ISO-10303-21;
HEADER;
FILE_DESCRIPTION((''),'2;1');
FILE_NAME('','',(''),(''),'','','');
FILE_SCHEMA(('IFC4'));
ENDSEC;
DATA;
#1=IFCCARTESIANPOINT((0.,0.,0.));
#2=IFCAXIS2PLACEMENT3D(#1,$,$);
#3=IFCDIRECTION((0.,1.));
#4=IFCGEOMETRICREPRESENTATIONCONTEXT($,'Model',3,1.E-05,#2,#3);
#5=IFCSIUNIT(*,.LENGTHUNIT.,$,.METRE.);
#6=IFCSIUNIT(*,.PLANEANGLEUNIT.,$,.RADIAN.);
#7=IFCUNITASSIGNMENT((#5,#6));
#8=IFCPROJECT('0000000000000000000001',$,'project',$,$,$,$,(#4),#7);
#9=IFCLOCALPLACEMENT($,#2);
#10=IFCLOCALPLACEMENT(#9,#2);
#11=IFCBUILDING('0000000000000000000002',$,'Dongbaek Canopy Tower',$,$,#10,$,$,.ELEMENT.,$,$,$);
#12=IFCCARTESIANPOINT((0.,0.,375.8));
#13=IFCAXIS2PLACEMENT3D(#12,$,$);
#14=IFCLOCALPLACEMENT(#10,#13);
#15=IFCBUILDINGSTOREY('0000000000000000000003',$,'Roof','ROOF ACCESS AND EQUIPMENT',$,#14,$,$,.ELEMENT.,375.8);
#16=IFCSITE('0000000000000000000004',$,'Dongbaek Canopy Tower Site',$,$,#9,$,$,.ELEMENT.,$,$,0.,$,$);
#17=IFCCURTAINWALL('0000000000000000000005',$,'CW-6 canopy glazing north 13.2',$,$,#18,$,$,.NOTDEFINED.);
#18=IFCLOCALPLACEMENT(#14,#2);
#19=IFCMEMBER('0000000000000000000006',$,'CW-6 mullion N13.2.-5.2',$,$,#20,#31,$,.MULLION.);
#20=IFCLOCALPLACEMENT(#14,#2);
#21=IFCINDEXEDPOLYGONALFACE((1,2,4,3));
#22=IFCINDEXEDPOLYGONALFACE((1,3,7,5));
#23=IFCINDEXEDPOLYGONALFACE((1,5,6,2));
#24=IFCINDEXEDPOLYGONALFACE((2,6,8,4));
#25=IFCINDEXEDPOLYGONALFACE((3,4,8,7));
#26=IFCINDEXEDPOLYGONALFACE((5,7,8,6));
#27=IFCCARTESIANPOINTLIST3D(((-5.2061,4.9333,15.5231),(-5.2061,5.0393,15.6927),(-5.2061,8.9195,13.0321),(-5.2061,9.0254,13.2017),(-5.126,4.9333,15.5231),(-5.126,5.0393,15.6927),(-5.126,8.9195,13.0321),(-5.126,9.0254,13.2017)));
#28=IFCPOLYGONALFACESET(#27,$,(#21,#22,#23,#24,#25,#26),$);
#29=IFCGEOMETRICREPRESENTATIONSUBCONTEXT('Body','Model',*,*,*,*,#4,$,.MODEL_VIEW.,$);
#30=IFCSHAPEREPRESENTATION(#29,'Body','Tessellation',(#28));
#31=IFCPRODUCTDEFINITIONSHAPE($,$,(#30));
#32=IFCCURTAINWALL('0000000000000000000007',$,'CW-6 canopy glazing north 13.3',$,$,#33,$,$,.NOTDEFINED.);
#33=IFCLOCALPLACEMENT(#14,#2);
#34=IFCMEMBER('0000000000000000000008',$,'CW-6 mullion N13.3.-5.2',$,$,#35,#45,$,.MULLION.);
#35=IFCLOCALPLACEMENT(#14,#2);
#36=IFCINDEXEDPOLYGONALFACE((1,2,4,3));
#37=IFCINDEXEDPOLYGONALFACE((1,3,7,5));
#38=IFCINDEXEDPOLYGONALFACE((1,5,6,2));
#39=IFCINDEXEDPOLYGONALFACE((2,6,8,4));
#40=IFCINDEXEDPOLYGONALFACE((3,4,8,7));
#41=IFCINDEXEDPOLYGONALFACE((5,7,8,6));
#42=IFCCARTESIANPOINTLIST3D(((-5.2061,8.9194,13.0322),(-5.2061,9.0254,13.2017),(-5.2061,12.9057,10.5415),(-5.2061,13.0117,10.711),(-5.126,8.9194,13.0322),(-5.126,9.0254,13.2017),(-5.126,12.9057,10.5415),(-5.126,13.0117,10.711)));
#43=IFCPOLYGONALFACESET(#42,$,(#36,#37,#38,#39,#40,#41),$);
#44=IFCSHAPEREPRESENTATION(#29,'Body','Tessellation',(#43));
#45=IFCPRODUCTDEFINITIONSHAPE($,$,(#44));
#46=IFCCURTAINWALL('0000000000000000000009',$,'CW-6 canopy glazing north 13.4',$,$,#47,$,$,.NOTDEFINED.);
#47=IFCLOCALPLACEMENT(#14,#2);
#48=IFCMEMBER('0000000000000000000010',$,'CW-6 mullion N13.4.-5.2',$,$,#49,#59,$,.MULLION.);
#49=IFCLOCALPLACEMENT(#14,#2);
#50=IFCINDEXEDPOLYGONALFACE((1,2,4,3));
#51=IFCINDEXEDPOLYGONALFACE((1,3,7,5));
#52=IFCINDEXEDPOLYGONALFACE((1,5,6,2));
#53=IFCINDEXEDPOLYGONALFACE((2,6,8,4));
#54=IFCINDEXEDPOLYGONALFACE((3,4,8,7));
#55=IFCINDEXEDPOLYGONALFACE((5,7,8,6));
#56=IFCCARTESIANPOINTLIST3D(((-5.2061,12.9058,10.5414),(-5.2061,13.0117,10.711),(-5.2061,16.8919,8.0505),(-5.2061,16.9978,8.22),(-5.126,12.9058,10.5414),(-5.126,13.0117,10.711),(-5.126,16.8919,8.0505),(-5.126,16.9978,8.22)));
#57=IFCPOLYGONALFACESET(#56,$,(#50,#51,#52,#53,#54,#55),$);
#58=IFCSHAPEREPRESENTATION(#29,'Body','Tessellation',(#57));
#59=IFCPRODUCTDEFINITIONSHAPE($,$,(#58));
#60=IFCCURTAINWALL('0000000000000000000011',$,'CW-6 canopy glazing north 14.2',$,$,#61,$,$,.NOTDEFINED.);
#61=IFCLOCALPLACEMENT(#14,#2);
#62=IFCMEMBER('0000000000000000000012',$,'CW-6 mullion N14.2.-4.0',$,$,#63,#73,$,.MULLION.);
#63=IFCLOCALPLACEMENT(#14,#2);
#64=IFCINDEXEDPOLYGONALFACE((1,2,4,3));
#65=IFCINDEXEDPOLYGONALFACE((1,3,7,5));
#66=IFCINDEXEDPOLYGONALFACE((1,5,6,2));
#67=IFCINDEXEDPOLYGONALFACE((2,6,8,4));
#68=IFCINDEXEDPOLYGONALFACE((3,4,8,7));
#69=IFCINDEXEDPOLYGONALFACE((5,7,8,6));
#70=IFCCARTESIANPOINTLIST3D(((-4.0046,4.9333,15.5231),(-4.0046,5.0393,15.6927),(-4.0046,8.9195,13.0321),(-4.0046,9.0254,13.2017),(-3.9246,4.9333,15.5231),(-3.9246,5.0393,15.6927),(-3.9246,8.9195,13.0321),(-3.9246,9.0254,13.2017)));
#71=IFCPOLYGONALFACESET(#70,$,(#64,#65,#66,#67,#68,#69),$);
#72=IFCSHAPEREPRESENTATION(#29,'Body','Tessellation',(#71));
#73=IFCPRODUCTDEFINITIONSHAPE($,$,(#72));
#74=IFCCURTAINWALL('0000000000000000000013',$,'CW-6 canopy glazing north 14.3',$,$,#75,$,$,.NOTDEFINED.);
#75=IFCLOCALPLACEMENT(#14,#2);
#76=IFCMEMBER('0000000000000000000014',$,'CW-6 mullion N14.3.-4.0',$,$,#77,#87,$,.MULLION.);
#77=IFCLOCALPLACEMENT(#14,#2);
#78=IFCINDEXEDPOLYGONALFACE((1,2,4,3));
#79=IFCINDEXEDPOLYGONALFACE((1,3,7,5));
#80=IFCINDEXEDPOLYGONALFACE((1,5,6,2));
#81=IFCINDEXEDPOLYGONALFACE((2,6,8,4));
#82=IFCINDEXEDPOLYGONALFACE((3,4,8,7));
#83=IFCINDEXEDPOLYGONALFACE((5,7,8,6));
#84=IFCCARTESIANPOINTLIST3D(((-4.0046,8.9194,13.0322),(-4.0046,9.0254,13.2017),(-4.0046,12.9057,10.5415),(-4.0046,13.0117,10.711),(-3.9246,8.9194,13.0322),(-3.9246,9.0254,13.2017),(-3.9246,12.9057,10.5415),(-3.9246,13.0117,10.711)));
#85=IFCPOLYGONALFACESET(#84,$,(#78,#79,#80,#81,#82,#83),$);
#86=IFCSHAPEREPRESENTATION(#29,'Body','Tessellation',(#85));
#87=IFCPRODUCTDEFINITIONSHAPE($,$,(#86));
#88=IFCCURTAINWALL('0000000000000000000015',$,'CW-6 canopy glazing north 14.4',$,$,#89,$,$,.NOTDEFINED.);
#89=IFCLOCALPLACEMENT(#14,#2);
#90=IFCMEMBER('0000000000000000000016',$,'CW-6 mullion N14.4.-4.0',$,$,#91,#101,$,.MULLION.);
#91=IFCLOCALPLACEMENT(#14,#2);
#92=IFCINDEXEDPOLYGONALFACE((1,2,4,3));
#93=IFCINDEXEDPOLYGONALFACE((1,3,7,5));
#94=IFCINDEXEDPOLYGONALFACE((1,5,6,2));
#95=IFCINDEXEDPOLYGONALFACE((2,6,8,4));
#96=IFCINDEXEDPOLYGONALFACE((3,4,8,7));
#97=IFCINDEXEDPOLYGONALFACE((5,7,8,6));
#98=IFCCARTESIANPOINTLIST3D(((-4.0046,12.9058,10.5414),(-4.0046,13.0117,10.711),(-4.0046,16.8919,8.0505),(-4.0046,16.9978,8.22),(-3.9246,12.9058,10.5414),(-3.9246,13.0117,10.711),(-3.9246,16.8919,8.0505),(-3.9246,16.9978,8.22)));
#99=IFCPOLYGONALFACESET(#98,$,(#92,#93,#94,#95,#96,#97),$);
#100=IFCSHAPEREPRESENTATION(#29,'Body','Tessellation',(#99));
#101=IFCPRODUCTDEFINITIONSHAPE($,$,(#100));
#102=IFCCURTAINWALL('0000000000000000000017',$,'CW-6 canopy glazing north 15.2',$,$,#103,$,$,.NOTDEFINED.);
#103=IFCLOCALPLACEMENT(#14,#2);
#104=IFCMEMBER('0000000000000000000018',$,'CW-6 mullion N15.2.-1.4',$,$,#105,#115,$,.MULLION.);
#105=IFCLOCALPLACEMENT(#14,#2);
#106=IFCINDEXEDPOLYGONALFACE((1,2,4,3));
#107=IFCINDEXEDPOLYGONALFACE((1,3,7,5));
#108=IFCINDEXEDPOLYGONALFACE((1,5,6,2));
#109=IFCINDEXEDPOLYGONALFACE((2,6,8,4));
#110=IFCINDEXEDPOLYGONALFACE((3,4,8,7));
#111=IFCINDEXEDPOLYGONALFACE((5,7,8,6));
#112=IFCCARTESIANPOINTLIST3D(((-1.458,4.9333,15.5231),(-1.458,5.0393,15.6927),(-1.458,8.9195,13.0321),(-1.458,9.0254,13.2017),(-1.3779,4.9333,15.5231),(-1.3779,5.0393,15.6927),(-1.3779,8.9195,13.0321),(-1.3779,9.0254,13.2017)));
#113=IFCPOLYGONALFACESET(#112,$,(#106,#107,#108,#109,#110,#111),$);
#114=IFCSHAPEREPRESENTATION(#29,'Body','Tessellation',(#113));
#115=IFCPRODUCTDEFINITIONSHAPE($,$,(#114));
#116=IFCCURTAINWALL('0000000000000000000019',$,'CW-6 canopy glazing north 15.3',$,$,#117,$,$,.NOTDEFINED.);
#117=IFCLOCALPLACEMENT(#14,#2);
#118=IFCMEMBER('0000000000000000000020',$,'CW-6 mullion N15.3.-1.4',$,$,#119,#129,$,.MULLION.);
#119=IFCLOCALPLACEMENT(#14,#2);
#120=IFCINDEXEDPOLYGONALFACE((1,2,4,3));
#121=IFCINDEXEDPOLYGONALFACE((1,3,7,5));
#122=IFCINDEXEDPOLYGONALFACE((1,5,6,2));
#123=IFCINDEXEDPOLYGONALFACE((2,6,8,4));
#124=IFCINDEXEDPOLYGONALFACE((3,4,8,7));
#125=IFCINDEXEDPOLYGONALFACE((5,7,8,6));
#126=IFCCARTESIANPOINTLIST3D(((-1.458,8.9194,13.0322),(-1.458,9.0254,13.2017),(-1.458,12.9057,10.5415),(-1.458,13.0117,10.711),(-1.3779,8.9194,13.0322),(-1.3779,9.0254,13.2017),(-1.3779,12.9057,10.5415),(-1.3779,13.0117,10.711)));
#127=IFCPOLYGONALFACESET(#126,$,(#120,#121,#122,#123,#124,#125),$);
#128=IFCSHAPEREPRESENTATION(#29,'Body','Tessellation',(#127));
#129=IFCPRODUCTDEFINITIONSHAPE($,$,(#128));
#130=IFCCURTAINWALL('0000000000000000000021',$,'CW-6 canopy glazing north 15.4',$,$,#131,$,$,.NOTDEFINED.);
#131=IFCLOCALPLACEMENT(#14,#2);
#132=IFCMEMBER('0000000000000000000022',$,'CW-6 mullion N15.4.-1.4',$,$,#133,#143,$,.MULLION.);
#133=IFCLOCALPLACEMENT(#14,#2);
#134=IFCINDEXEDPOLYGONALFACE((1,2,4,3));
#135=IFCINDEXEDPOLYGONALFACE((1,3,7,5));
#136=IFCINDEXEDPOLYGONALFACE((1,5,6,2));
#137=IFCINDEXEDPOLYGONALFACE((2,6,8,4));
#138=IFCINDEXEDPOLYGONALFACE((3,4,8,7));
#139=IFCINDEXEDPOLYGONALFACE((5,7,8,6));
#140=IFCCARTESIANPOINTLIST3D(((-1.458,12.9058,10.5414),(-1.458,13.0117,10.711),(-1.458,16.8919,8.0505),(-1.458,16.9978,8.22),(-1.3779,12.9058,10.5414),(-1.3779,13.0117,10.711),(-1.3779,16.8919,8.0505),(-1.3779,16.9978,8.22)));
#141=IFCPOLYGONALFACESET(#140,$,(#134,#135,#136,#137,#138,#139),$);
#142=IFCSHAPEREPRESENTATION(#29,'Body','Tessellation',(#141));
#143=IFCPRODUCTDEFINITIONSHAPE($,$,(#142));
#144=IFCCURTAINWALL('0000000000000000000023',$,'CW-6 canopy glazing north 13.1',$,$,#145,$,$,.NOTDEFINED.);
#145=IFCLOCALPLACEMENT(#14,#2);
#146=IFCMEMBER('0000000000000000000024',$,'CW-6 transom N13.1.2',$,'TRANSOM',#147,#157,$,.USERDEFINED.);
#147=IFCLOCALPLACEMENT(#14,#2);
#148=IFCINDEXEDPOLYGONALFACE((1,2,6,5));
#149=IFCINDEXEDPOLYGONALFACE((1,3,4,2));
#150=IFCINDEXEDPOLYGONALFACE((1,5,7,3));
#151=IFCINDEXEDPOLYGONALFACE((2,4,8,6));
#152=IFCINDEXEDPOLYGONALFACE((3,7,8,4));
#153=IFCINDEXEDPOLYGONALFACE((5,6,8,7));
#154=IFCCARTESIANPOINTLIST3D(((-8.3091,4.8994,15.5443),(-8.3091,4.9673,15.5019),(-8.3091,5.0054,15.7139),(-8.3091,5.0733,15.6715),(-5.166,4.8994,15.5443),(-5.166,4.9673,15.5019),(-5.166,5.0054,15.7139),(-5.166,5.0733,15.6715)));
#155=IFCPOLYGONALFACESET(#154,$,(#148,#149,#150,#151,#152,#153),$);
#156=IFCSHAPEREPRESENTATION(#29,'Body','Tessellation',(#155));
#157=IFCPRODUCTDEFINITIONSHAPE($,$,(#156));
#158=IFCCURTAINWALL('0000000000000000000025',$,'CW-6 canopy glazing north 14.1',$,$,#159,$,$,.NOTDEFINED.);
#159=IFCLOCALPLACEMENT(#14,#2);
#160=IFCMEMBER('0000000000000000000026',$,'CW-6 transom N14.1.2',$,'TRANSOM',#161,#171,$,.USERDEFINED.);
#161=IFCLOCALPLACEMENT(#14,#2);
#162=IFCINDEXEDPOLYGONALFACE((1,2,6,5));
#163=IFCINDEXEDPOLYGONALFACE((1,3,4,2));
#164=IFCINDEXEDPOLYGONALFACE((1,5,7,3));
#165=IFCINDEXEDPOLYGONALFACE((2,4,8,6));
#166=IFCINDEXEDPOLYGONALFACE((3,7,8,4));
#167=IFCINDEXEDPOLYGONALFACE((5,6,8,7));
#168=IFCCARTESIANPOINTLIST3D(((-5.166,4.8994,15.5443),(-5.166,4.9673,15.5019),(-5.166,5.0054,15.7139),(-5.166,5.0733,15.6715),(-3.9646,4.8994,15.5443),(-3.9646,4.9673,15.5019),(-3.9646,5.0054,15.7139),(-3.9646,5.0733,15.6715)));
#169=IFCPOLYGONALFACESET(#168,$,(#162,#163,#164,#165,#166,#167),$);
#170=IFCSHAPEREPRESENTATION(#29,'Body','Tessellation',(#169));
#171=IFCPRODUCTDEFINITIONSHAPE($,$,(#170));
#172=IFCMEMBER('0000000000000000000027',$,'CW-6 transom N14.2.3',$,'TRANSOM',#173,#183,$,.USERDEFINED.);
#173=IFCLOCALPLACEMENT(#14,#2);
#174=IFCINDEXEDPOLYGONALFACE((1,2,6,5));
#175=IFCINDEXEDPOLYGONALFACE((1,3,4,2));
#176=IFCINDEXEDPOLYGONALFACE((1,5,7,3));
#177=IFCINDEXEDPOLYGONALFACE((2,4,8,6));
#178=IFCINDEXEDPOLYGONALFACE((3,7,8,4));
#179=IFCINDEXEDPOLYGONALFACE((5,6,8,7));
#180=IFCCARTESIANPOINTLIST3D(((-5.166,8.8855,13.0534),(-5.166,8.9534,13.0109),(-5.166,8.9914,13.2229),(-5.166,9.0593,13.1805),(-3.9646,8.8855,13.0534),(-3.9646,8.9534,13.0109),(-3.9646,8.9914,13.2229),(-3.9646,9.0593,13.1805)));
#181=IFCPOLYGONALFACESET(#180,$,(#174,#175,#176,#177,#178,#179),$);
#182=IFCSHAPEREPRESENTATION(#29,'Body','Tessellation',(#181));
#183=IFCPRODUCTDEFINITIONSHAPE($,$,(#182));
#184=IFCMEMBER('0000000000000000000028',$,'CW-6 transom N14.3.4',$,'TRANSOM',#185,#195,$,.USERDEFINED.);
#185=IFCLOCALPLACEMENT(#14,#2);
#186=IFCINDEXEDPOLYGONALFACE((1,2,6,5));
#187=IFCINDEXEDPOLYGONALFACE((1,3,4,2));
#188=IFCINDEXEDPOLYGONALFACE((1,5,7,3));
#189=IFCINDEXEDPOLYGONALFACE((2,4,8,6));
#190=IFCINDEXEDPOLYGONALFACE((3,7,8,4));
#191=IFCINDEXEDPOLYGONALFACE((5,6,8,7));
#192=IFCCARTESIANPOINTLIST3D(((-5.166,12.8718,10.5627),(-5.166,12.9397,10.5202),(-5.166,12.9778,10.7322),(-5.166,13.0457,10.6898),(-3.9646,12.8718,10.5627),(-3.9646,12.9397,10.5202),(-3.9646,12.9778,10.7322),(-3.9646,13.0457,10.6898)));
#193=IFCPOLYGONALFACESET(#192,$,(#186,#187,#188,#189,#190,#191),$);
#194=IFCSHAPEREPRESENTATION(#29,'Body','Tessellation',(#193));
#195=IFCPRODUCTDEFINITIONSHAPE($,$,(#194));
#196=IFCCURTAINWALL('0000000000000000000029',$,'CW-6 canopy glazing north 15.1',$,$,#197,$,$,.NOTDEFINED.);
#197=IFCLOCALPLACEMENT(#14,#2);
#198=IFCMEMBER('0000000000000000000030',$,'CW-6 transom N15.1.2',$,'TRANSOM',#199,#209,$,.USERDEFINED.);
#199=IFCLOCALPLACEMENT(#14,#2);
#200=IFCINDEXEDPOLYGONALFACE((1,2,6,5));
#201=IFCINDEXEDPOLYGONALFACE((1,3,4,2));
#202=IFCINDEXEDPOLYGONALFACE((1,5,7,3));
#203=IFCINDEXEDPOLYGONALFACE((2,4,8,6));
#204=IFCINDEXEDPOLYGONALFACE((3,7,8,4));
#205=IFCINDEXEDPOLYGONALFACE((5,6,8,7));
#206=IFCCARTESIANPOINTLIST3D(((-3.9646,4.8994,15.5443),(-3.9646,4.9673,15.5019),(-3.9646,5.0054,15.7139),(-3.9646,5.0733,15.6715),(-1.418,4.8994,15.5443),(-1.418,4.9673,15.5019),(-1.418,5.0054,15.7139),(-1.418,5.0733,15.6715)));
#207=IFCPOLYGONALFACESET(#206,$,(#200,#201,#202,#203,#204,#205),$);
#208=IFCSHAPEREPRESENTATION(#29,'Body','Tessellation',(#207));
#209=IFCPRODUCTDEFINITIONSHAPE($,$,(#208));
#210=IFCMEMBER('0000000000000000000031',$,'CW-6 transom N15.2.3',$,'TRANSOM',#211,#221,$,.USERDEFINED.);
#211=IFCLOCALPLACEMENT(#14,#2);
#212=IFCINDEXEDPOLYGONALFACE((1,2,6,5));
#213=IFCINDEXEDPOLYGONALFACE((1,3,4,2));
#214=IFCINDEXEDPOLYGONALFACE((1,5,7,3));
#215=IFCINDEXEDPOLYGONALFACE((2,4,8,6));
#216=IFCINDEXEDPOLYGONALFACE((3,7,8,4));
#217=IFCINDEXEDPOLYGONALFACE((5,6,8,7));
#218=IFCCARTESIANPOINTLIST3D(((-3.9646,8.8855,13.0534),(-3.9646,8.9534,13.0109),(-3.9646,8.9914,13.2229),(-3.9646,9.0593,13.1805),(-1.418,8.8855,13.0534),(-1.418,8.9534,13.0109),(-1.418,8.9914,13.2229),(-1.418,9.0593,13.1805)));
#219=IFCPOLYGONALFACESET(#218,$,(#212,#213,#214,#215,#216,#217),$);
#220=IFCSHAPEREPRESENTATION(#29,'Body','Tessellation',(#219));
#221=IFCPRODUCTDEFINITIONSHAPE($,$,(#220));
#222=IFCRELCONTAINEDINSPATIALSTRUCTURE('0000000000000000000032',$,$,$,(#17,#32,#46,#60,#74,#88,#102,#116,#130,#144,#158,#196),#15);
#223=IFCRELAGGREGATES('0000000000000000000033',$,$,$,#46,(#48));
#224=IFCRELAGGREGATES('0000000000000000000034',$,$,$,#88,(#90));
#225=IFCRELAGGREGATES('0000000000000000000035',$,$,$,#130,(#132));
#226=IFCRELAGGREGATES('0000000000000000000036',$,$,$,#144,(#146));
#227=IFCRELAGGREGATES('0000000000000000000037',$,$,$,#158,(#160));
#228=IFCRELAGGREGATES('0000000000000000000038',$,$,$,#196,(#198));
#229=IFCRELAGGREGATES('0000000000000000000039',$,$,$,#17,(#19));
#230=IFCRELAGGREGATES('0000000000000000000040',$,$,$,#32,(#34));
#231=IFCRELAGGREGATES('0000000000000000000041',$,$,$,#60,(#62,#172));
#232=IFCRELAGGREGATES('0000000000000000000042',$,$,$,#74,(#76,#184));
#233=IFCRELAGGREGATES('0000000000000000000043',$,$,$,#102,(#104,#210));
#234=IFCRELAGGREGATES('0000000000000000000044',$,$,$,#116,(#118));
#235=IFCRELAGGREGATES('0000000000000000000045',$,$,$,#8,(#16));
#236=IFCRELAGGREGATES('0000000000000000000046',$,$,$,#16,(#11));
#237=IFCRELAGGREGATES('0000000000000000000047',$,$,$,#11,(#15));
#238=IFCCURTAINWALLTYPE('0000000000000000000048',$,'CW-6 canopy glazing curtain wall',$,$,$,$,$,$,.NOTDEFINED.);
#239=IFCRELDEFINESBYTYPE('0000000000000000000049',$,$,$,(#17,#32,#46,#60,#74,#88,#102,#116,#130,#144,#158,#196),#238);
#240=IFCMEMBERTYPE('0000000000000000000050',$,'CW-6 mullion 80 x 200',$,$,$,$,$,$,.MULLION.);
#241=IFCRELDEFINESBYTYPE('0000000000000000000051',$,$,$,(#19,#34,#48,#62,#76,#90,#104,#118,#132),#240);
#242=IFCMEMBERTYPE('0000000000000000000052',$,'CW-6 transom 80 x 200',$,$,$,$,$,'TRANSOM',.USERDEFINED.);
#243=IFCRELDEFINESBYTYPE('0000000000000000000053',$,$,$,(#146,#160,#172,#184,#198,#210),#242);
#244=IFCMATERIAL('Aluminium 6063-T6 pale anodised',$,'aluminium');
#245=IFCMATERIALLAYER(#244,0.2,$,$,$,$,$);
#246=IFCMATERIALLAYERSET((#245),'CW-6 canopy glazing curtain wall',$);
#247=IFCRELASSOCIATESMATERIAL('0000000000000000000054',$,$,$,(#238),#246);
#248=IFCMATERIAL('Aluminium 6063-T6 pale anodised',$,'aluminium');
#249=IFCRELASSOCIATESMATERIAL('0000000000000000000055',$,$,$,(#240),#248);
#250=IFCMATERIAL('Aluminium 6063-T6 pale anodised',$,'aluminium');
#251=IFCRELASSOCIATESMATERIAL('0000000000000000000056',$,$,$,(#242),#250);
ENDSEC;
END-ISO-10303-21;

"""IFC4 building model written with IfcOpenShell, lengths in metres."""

from ifc_helpers import new_model, si_unit, direction, frame, origin, origin_2d, place, context, subcontext, project, spatial, rectangle, extrude, material, layer, layer_set, material_profile, profile_set, type_object, element, aggregate, save


model = new_model("IFC4")

# Units and contexts
model_context = context("Model", 3, precision=1e-05, world=origin(), true_north=direction((0.0, 1.0)))
body_context = subcontext(model_context, "Body", "Model", "MODEL_VIEW")
ifc_project = project(units=[si_unit("LENGTHUNIT", "METRE"), si_unit("PLANEANGLEUNIT", "RADIAN")], contexts=[model_context])

# Site, building, storey
site_placement = place(None, origin())
site = spatial("IfcSite", under=ifc_project, at=site_placement, Name="Dongbaek Canopy Tower Site", CompositionType="ELEMENT", RefElevation=0.0)
building_placement = place(site_placement, origin())
building = spatial("IfcBuilding", under=site, at=building_placement, Name="Dongbaek Canopy Tower", CompositionType="ELEMENT")
storey_placement = place(building_placement, frame((0.0, 0.0, 375.8)))
storey = spatial("IfcBuildingStorey", under=building, at=storey_placement, Name="Roof", Description="ROOF ACCESS AND EQUIPMENT", CompositionType="ELEMENT", Elevation=375.8)

# Curtain walls, members
ifc_material_1 = material(Name="Aluminium 6063-T6 pale anodised", Category="aluminium")
ifc_layer_1 = layer(ifc_material_1, 0.2)
ifc_layer_set_1 = layer_set([ifc_layer_1], Name="CW-6 canopy glazing curtain wall")
curtain_wall_type = type_object("IfcCurtainWallType", Name="CW-6 canopy glazing curtain wall", PredefinedType="NOTDEFINED", material=ifc_layer_set_1)
curtain_wall_1_placement = place(storey_placement, origin())
curtain_wall_1 = element("IfcCurtainWall", 1, at=curtain_wall_1_placement, inside=storey, type_object=curtain_wall_type, Name="CW-6 canopy glazing north 13.2", PredefinedType="NOTDEFINED")
ifc_material_2 = material(Name="Aluminium 6063-T6 pale anodised", Category="aluminium")
ifc_material_profile_1 = material_profile(ifc_material_2, rectangle(XDim=0.0801, YDim=0.2, at=origin_2d()), Name="CW-6 mullion 80 x 200")
ifc_profile_set_1 = profile_set([ifc_material_profile_1], Name="Aluminium 6063-T6 pale anodised")
member_type_1 = type_object("IfcMemberType", Name="CW-6 mullion 80 x 200", PredefinedType="MULLION", material=ifc_profile_set_1)
member_1_placement = place(storey_placement, frame((-5.166, 4.9863, 15.6079), z_axis=(0.0, 0.84803, -0.529948), x_axis=(-1.0, 0.0, 0.0)))
member_1 = element("IfcMember", 2, at=member_1_placement, type_object=member_type_1, Name="CW-6 mullion N13.2.-5.2", PredefinedType="MULLION", context=body_context, shape_type="SweptSolid", body=[
    extrude(rectangle(XDim=0.0801, YDim=0.2, at=origin_2d()), origin(), (0.0, 0.0, 1.0), 4.7004),
])
curtain_wall_2_placement = place(storey_placement, origin())
curtain_wall_2 = element("IfcCurtainWall", 3, at=curtain_wall_2_placement, inside=storey, type_object=curtain_wall_type, Name="CW-6 canopy glazing north 13.3", PredefinedType="NOTDEFINED")
member_2_placement = place(storey_placement, frame((-5.166, 8.9724, 13.1169), z_axis=(0.0, 0.848068, -0.529887), x_axis=(-1.0, 0.0, 0.0)))
member_2 = element("IfcMember", 4, at=member_2_placement, type_object=member_type_1, Name="CW-6 mullion N13.3.-5.2", PredefinedType="MULLION", context=body_context, shape_type="SweptSolid", body=[
    extrude(rectangle(XDim=0.0801, YDim=0.2, at=origin_2d()), origin(), (0.0, 0.0, 1.0), 4.7004),
])
curtain_wall_3_placement = place(storey_placement, origin())
curtain_wall_3 = element("IfcCurtainWall", 5, at=curtain_wall_3_placement, inside=storey, type_object=curtain_wall_type, Name="CW-6 canopy glazing north 13.4", PredefinedType="NOTDEFINED")
member_3_placement = place(storey_placement, frame((-5.166, 12.9587, 10.6262), z_axis=(0.0, 0.84803, -0.529948), x_axis=(-1.0, 0.0, 0.0)))
member_3 = element("IfcMember", 6, at=member_3_placement, type_object=member_type_1, Name="CW-6 mullion N13.4.-5.2", PredefinedType="MULLION", context=body_context, shape_type="SweptSolid", body=[
    extrude(rectangle(XDim=0.0801, YDim=0.2, at=origin_2d()), origin(), (0.0, 0.0, 1.0), 4.7004),
])
aggregate(curtain_wall_3, [member_3])
curtain_wall_4_placement = place(storey_placement, origin())
curtain_wall_4 = element("IfcCurtainWall", 7, at=curtain_wall_4_placement, inside=storey, type_object=curtain_wall_type, Name="CW-6 canopy glazing north 14.2", PredefinedType="NOTDEFINED")
member_4_placement = place(storey_placement, frame((-3.9646, 4.9863, 15.6079), z_axis=(0.0, 0.84803, -0.529948), x_axis=(-1.0, 0.0, 0.0)))
member_4 = element("IfcMember", 8, at=member_4_placement, type_object=member_type_1, Name="CW-6 mullion N14.2.-4.0", PredefinedType="MULLION", context=body_context, shape_type="SweptSolid", body=[
    extrude(rectangle(XDim=0.0801, YDim=0.2, at=origin_2d()), origin(), (0.0, 0.0, 1.0), 4.7004),
])
curtain_wall_5_placement = place(storey_placement, origin())
curtain_wall_5 = element("IfcCurtainWall", 9, at=curtain_wall_5_placement, inside=storey, type_object=curtain_wall_type, Name="CW-6 canopy glazing north 14.3", PredefinedType="NOTDEFINED")
member_5_placement = place(storey_placement, frame((-3.9646, 8.9724, 13.1169), z_axis=(0.0, 0.848068, -0.529887), x_axis=(-1.0, 0.0, 0.0)))
member_5 = element("IfcMember", 10, at=member_5_placement, type_object=member_type_1, Name="CW-6 mullion N14.3.-4.0", PredefinedType="MULLION", context=body_context, shape_type="SweptSolid", body=[
    extrude(rectangle(XDim=0.0801, YDim=0.2, at=origin_2d()), origin(), (0.0, 0.0, 1.0), 4.7004),
])
curtain_wall_6_placement = place(storey_placement, origin())
curtain_wall_6 = element("IfcCurtainWall", 11, at=curtain_wall_6_placement, inside=storey, type_object=curtain_wall_type, Name="CW-6 canopy glazing north 14.4", PredefinedType="NOTDEFINED")
member_6_placement = place(storey_placement, frame((-3.9646, 12.9587, 10.6262), z_axis=(0.0, 0.84803, -0.529948), x_axis=(-1.0, 0.0, 0.0)))
member_6 = element("IfcMember", 12, at=member_6_placement, type_object=member_type_1, Name="CW-6 mullion N14.4.-4.0", PredefinedType="MULLION", context=body_context, shape_type="SweptSolid", body=[
    extrude(rectangle(XDim=0.0801, YDim=0.2, at=origin_2d()), origin(), (0.0, 0.0, 1.0), 4.7004),
])
aggregate(curtain_wall_6, [member_6])
curtain_wall_7_placement = place(storey_placement, origin())
curtain_wall_7 = element("IfcCurtainWall", 13, at=curtain_wall_7_placement, inside=storey, type_object=curtain_wall_type, Name="CW-6 canopy glazing north 15.2", PredefinedType="NOTDEFINED")
member_7_placement = place(storey_placement, frame((-1.418, 4.9863, 15.6079), z_axis=(0.0, 0.84803, -0.529948), x_axis=(-1.0, 0.0, 0.0)))
member_7 = element("IfcMember", 14, at=member_7_placement, type_object=member_type_1, Name="CW-6 mullion N15.2.-1.4", PredefinedType="MULLION", context=body_context, shape_type="SweptSolid", body=[
    extrude(rectangle(XDim=0.0801, YDim=0.2, at=origin_2d()), origin(), (0.0, 0.0, 1.0), 4.7004),
])
curtain_wall_8_placement = place(storey_placement, origin())
curtain_wall_8 = element("IfcCurtainWall", 15, at=curtain_wall_8_placement, inside=storey, type_object=curtain_wall_type, Name="CW-6 canopy glazing north 15.3", PredefinedType="NOTDEFINED")
member_8_placement = place(storey_placement, frame((-1.418, 8.9724, 13.1169), z_axis=(0.0, 0.848068, -0.529887), x_axis=(-1.0, 0.0, 0.0)))
member_8 = element("IfcMember", 16, at=member_8_placement, type_object=member_type_1, Name="CW-6 mullion N15.3.-1.4", PredefinedType="MULLION", context=body_context, shape_type="SweptSolid", body=[
    extrude(rectangle(XDim=0.0801, YDim=0.2, at=origin_2d()), origin(), (0.0, 0.0, 1.0), 4.7004),
])
curtain_wall_9_placement = place(storey_placement, origin())
curtain_wall_9 = element("IfcCurtainWall", 17, at=curtain_wall_9_placement, inside=storey, type_object=curtain_wall_type, Name="CW-6 canopy glazing north 15.4", PredefinedType="NOTDEFINED")
member_9_placement = place(storey_placement, frame((-1.418, 12.9587, 10.6262), z_axis=(0.0, 0.84803, -0.529948), x_axis=(-1.0, 0.0, 0.0)))
member_9 = element("IfcMember", 18, at=member_9_placement, type_object=member_type_1, Name="CW-6 mullion N15.4.-1.4", PredefinedType="MULLION", context=body_context, shape_type="SweptSolid", body=[
    extrude(rectangle(XDim=0.0801, YDim=0.2, at=origin_2d()), origin(), (0.0, 0.0, 1.0), 4.7004),
])
aggregate(curtain_wall_9, [member_9])
curtain_wall_10_placement = place(storey_placement, origin())
curtain_wall_10 = element("IfcCurtainWall", 19, at=curtain_wall_10_placement, inside=storey, type_object=curtain_wall_type, Name="CW-6 canopy glazing north 13.1", PredefinedType="NOTDEFINED")
ifc_material_3 = material(Name="Aluminium 6063-T6 pale anodised", Category="aluminium")
ifc_material_profile_2 = material_profile(ifc_material_3, rectangle(XDim=0.0801, YDim=0.2, at=origin_2d()), Name="CW-6 transom 80 x 200")
ifc_profile_set_2 = profile_set([ifc_material_profile_2], Name="Aluminium 6063-T6 pale anodised")
member_type_2 = type_object("IfcMemberType", Name="CW-6 transom 80 x 200", ElementType="TRANSOM", PredefinedType="USERDEFINED", material=ifc_profile_set_2)
member_10_placement = place(storey_placement, frame((-8.3091, 4.9863, 15.6079), z_axis=(1.0, 0.0, 0.0), x_axis=(0.0, 0.848048, -0.529919)))
member_10 = element("IfcMember", 20, at=member_10_placement, type_object=member_type_2, Name="CW-6 transom N13.1.2", ObjectType="TRANSOM", PredefinedType="USERDEFINED", context=body_context, shape_type="SweptSolid", body=[
    extrude(rectangle(XDim=0.0801, YDim=0.2, at=origin_2d()), origin(), (0.0, 0.0, 1.0), 3.1431),
])
aggregate(curtain_wall_10, [member_10])
curtain_wall_11_placement = place(storey_placement, origin())
curtain_wall_11 = element("IfcCurtainWall", 21, at=curtain_wall_11_placement, inside=storey, type_object=curtain_wall_type, Name="CW-6 canopy glazing north 14.1", PredefinedType="NOTDEFINED")
member_11_placement = place(storey_placement, frame((-5.166, 4.9863, 15.6079), z_axis=(1.0, 0.0, 0.0), x_axis=(0.0, 0.848048, -0.529919)))
member_11 = element("IfcMember", 22, at=member_11_placement, type_object=member_type_2, Name="CW-6 transom N14.1.2", ObjectType="TRANSOM", PredefinedType="USERDEFINED", context=body_context, shape_type="SweptSolid", body=[
    extrude(rectangle(XDim=0.0801, YDim=0.2, at=origin_2d()), origin(), (0.0, 0.0, 1.0), 1.2014),
])
aggregate(curtain_wall_11, [member_11])

# Members
member_12_placement = place(storey_placement, frame((-5.166, 8.9724, 13.1169), z_axis=(1.0, 0.0, 0.0), x_axis=(0.0, 0.848048, -0.529919)))
member_12 = element("IfcMember", 23, at=member_12_placement, type_object=member_type_2, Name="CW-6 transom N14.2.3", ObjectType="TRANSOM", PredefinedType="USERDEFINED", context=body_context, shape_type="SweptSolid", body=[
    extrude(rectangle(XDim=0.0801, YDim=0.2, at=origin_2d()), origin(), (0.0, 0.0, 1.0), 1.2014),
])
member_13_placement = place(storey_placement, frame((-5.166, 12.9587, 10.6262), z_axis=(1.0, 0.0, 0.0), x_axis=(0.0, 0.848048, -0.529919)))
member_13 = element("IfcMember", 24, at=member_13_placement, type_object=member_type_2, Name="CW-6 transom N14.3.4", ObjectType="TRANSOM", PredefinedType="USERDEFINED", context=body_context, shape_type="SweptSolid", body=[
    extrude(rectangle(XDim=0.0801, YDim=0.2, at=origin_2d()), origin(), (0.0, 0.0, 1.0), 1.2014),
])

# Curtain wall, member
curtain_wall_12_placement = place(storey_placement, origin())
curtain_wall_12 = element("IfcCurtainWall", 25, at=curtain_wall_12_placement, inside=storey, type_object=curtain_wall_type, Name="CW-6 canopy glazing north 15.1", PredefinedType="NOTDEFINED")
member_14_placement = place(storey_placement, frame((-3.9646, 4.9863, 15.6079), z_axis=(1.0, 0.0, 0.0), x_axis=(0.0, 0.848048, -0.529919)))
member_14 = element("IfcMember", 26, at=member_14_placement, type_object=member_type_2, Name="CW-6 transom N15.1.2", ObjectType="TRANSOM", PredefinedType="USERDEFINED", context=body_context, shape_type="SweptSolid", body=[
    extrude(rectangle(XDim=0.0801, YDim=0.2, at=origin_2d()), origin(), (0.0, 0.0, 1.0), 2.5466),
])
aggregate(curtain_wall_12, [member_14])

# Member
member_15_placement = place(storey_placement, frame((-3.9646, 8.9724, 13.1169), z_axis=(1.0, 0.0, 0.0), x_axis=(0.0, 0.848048, -0.529919)))
member_15 = element("IfcMember", 27, at=member_15_placement, type_object=member_type_2, Name="CW-6 transom N15.2.3", ObjectType="TRANSOM", PredefinedType="USERDEFINED", context=body_context, shape_type="SweptSolid", body=[
    extrude(rectangle(XDim=0.0801, YDim=0.2, at=origin_2d()), origin(), (0.0, 0.0, 1.0), 2.5466),
])

aggregate(curtain_wall_1, [member_1])
aggregate(curtain_wall_2, [member_2])
aggregate(curtain_wall_4, [member_4, member_12])
aggregate(curtain_wall_5, [member_5, member_13])
aggregate(curtain_wall_7, [member_7, member_15])
aggregate(curtain_wall_8, [member_8])

save(model, "model.ifc")
